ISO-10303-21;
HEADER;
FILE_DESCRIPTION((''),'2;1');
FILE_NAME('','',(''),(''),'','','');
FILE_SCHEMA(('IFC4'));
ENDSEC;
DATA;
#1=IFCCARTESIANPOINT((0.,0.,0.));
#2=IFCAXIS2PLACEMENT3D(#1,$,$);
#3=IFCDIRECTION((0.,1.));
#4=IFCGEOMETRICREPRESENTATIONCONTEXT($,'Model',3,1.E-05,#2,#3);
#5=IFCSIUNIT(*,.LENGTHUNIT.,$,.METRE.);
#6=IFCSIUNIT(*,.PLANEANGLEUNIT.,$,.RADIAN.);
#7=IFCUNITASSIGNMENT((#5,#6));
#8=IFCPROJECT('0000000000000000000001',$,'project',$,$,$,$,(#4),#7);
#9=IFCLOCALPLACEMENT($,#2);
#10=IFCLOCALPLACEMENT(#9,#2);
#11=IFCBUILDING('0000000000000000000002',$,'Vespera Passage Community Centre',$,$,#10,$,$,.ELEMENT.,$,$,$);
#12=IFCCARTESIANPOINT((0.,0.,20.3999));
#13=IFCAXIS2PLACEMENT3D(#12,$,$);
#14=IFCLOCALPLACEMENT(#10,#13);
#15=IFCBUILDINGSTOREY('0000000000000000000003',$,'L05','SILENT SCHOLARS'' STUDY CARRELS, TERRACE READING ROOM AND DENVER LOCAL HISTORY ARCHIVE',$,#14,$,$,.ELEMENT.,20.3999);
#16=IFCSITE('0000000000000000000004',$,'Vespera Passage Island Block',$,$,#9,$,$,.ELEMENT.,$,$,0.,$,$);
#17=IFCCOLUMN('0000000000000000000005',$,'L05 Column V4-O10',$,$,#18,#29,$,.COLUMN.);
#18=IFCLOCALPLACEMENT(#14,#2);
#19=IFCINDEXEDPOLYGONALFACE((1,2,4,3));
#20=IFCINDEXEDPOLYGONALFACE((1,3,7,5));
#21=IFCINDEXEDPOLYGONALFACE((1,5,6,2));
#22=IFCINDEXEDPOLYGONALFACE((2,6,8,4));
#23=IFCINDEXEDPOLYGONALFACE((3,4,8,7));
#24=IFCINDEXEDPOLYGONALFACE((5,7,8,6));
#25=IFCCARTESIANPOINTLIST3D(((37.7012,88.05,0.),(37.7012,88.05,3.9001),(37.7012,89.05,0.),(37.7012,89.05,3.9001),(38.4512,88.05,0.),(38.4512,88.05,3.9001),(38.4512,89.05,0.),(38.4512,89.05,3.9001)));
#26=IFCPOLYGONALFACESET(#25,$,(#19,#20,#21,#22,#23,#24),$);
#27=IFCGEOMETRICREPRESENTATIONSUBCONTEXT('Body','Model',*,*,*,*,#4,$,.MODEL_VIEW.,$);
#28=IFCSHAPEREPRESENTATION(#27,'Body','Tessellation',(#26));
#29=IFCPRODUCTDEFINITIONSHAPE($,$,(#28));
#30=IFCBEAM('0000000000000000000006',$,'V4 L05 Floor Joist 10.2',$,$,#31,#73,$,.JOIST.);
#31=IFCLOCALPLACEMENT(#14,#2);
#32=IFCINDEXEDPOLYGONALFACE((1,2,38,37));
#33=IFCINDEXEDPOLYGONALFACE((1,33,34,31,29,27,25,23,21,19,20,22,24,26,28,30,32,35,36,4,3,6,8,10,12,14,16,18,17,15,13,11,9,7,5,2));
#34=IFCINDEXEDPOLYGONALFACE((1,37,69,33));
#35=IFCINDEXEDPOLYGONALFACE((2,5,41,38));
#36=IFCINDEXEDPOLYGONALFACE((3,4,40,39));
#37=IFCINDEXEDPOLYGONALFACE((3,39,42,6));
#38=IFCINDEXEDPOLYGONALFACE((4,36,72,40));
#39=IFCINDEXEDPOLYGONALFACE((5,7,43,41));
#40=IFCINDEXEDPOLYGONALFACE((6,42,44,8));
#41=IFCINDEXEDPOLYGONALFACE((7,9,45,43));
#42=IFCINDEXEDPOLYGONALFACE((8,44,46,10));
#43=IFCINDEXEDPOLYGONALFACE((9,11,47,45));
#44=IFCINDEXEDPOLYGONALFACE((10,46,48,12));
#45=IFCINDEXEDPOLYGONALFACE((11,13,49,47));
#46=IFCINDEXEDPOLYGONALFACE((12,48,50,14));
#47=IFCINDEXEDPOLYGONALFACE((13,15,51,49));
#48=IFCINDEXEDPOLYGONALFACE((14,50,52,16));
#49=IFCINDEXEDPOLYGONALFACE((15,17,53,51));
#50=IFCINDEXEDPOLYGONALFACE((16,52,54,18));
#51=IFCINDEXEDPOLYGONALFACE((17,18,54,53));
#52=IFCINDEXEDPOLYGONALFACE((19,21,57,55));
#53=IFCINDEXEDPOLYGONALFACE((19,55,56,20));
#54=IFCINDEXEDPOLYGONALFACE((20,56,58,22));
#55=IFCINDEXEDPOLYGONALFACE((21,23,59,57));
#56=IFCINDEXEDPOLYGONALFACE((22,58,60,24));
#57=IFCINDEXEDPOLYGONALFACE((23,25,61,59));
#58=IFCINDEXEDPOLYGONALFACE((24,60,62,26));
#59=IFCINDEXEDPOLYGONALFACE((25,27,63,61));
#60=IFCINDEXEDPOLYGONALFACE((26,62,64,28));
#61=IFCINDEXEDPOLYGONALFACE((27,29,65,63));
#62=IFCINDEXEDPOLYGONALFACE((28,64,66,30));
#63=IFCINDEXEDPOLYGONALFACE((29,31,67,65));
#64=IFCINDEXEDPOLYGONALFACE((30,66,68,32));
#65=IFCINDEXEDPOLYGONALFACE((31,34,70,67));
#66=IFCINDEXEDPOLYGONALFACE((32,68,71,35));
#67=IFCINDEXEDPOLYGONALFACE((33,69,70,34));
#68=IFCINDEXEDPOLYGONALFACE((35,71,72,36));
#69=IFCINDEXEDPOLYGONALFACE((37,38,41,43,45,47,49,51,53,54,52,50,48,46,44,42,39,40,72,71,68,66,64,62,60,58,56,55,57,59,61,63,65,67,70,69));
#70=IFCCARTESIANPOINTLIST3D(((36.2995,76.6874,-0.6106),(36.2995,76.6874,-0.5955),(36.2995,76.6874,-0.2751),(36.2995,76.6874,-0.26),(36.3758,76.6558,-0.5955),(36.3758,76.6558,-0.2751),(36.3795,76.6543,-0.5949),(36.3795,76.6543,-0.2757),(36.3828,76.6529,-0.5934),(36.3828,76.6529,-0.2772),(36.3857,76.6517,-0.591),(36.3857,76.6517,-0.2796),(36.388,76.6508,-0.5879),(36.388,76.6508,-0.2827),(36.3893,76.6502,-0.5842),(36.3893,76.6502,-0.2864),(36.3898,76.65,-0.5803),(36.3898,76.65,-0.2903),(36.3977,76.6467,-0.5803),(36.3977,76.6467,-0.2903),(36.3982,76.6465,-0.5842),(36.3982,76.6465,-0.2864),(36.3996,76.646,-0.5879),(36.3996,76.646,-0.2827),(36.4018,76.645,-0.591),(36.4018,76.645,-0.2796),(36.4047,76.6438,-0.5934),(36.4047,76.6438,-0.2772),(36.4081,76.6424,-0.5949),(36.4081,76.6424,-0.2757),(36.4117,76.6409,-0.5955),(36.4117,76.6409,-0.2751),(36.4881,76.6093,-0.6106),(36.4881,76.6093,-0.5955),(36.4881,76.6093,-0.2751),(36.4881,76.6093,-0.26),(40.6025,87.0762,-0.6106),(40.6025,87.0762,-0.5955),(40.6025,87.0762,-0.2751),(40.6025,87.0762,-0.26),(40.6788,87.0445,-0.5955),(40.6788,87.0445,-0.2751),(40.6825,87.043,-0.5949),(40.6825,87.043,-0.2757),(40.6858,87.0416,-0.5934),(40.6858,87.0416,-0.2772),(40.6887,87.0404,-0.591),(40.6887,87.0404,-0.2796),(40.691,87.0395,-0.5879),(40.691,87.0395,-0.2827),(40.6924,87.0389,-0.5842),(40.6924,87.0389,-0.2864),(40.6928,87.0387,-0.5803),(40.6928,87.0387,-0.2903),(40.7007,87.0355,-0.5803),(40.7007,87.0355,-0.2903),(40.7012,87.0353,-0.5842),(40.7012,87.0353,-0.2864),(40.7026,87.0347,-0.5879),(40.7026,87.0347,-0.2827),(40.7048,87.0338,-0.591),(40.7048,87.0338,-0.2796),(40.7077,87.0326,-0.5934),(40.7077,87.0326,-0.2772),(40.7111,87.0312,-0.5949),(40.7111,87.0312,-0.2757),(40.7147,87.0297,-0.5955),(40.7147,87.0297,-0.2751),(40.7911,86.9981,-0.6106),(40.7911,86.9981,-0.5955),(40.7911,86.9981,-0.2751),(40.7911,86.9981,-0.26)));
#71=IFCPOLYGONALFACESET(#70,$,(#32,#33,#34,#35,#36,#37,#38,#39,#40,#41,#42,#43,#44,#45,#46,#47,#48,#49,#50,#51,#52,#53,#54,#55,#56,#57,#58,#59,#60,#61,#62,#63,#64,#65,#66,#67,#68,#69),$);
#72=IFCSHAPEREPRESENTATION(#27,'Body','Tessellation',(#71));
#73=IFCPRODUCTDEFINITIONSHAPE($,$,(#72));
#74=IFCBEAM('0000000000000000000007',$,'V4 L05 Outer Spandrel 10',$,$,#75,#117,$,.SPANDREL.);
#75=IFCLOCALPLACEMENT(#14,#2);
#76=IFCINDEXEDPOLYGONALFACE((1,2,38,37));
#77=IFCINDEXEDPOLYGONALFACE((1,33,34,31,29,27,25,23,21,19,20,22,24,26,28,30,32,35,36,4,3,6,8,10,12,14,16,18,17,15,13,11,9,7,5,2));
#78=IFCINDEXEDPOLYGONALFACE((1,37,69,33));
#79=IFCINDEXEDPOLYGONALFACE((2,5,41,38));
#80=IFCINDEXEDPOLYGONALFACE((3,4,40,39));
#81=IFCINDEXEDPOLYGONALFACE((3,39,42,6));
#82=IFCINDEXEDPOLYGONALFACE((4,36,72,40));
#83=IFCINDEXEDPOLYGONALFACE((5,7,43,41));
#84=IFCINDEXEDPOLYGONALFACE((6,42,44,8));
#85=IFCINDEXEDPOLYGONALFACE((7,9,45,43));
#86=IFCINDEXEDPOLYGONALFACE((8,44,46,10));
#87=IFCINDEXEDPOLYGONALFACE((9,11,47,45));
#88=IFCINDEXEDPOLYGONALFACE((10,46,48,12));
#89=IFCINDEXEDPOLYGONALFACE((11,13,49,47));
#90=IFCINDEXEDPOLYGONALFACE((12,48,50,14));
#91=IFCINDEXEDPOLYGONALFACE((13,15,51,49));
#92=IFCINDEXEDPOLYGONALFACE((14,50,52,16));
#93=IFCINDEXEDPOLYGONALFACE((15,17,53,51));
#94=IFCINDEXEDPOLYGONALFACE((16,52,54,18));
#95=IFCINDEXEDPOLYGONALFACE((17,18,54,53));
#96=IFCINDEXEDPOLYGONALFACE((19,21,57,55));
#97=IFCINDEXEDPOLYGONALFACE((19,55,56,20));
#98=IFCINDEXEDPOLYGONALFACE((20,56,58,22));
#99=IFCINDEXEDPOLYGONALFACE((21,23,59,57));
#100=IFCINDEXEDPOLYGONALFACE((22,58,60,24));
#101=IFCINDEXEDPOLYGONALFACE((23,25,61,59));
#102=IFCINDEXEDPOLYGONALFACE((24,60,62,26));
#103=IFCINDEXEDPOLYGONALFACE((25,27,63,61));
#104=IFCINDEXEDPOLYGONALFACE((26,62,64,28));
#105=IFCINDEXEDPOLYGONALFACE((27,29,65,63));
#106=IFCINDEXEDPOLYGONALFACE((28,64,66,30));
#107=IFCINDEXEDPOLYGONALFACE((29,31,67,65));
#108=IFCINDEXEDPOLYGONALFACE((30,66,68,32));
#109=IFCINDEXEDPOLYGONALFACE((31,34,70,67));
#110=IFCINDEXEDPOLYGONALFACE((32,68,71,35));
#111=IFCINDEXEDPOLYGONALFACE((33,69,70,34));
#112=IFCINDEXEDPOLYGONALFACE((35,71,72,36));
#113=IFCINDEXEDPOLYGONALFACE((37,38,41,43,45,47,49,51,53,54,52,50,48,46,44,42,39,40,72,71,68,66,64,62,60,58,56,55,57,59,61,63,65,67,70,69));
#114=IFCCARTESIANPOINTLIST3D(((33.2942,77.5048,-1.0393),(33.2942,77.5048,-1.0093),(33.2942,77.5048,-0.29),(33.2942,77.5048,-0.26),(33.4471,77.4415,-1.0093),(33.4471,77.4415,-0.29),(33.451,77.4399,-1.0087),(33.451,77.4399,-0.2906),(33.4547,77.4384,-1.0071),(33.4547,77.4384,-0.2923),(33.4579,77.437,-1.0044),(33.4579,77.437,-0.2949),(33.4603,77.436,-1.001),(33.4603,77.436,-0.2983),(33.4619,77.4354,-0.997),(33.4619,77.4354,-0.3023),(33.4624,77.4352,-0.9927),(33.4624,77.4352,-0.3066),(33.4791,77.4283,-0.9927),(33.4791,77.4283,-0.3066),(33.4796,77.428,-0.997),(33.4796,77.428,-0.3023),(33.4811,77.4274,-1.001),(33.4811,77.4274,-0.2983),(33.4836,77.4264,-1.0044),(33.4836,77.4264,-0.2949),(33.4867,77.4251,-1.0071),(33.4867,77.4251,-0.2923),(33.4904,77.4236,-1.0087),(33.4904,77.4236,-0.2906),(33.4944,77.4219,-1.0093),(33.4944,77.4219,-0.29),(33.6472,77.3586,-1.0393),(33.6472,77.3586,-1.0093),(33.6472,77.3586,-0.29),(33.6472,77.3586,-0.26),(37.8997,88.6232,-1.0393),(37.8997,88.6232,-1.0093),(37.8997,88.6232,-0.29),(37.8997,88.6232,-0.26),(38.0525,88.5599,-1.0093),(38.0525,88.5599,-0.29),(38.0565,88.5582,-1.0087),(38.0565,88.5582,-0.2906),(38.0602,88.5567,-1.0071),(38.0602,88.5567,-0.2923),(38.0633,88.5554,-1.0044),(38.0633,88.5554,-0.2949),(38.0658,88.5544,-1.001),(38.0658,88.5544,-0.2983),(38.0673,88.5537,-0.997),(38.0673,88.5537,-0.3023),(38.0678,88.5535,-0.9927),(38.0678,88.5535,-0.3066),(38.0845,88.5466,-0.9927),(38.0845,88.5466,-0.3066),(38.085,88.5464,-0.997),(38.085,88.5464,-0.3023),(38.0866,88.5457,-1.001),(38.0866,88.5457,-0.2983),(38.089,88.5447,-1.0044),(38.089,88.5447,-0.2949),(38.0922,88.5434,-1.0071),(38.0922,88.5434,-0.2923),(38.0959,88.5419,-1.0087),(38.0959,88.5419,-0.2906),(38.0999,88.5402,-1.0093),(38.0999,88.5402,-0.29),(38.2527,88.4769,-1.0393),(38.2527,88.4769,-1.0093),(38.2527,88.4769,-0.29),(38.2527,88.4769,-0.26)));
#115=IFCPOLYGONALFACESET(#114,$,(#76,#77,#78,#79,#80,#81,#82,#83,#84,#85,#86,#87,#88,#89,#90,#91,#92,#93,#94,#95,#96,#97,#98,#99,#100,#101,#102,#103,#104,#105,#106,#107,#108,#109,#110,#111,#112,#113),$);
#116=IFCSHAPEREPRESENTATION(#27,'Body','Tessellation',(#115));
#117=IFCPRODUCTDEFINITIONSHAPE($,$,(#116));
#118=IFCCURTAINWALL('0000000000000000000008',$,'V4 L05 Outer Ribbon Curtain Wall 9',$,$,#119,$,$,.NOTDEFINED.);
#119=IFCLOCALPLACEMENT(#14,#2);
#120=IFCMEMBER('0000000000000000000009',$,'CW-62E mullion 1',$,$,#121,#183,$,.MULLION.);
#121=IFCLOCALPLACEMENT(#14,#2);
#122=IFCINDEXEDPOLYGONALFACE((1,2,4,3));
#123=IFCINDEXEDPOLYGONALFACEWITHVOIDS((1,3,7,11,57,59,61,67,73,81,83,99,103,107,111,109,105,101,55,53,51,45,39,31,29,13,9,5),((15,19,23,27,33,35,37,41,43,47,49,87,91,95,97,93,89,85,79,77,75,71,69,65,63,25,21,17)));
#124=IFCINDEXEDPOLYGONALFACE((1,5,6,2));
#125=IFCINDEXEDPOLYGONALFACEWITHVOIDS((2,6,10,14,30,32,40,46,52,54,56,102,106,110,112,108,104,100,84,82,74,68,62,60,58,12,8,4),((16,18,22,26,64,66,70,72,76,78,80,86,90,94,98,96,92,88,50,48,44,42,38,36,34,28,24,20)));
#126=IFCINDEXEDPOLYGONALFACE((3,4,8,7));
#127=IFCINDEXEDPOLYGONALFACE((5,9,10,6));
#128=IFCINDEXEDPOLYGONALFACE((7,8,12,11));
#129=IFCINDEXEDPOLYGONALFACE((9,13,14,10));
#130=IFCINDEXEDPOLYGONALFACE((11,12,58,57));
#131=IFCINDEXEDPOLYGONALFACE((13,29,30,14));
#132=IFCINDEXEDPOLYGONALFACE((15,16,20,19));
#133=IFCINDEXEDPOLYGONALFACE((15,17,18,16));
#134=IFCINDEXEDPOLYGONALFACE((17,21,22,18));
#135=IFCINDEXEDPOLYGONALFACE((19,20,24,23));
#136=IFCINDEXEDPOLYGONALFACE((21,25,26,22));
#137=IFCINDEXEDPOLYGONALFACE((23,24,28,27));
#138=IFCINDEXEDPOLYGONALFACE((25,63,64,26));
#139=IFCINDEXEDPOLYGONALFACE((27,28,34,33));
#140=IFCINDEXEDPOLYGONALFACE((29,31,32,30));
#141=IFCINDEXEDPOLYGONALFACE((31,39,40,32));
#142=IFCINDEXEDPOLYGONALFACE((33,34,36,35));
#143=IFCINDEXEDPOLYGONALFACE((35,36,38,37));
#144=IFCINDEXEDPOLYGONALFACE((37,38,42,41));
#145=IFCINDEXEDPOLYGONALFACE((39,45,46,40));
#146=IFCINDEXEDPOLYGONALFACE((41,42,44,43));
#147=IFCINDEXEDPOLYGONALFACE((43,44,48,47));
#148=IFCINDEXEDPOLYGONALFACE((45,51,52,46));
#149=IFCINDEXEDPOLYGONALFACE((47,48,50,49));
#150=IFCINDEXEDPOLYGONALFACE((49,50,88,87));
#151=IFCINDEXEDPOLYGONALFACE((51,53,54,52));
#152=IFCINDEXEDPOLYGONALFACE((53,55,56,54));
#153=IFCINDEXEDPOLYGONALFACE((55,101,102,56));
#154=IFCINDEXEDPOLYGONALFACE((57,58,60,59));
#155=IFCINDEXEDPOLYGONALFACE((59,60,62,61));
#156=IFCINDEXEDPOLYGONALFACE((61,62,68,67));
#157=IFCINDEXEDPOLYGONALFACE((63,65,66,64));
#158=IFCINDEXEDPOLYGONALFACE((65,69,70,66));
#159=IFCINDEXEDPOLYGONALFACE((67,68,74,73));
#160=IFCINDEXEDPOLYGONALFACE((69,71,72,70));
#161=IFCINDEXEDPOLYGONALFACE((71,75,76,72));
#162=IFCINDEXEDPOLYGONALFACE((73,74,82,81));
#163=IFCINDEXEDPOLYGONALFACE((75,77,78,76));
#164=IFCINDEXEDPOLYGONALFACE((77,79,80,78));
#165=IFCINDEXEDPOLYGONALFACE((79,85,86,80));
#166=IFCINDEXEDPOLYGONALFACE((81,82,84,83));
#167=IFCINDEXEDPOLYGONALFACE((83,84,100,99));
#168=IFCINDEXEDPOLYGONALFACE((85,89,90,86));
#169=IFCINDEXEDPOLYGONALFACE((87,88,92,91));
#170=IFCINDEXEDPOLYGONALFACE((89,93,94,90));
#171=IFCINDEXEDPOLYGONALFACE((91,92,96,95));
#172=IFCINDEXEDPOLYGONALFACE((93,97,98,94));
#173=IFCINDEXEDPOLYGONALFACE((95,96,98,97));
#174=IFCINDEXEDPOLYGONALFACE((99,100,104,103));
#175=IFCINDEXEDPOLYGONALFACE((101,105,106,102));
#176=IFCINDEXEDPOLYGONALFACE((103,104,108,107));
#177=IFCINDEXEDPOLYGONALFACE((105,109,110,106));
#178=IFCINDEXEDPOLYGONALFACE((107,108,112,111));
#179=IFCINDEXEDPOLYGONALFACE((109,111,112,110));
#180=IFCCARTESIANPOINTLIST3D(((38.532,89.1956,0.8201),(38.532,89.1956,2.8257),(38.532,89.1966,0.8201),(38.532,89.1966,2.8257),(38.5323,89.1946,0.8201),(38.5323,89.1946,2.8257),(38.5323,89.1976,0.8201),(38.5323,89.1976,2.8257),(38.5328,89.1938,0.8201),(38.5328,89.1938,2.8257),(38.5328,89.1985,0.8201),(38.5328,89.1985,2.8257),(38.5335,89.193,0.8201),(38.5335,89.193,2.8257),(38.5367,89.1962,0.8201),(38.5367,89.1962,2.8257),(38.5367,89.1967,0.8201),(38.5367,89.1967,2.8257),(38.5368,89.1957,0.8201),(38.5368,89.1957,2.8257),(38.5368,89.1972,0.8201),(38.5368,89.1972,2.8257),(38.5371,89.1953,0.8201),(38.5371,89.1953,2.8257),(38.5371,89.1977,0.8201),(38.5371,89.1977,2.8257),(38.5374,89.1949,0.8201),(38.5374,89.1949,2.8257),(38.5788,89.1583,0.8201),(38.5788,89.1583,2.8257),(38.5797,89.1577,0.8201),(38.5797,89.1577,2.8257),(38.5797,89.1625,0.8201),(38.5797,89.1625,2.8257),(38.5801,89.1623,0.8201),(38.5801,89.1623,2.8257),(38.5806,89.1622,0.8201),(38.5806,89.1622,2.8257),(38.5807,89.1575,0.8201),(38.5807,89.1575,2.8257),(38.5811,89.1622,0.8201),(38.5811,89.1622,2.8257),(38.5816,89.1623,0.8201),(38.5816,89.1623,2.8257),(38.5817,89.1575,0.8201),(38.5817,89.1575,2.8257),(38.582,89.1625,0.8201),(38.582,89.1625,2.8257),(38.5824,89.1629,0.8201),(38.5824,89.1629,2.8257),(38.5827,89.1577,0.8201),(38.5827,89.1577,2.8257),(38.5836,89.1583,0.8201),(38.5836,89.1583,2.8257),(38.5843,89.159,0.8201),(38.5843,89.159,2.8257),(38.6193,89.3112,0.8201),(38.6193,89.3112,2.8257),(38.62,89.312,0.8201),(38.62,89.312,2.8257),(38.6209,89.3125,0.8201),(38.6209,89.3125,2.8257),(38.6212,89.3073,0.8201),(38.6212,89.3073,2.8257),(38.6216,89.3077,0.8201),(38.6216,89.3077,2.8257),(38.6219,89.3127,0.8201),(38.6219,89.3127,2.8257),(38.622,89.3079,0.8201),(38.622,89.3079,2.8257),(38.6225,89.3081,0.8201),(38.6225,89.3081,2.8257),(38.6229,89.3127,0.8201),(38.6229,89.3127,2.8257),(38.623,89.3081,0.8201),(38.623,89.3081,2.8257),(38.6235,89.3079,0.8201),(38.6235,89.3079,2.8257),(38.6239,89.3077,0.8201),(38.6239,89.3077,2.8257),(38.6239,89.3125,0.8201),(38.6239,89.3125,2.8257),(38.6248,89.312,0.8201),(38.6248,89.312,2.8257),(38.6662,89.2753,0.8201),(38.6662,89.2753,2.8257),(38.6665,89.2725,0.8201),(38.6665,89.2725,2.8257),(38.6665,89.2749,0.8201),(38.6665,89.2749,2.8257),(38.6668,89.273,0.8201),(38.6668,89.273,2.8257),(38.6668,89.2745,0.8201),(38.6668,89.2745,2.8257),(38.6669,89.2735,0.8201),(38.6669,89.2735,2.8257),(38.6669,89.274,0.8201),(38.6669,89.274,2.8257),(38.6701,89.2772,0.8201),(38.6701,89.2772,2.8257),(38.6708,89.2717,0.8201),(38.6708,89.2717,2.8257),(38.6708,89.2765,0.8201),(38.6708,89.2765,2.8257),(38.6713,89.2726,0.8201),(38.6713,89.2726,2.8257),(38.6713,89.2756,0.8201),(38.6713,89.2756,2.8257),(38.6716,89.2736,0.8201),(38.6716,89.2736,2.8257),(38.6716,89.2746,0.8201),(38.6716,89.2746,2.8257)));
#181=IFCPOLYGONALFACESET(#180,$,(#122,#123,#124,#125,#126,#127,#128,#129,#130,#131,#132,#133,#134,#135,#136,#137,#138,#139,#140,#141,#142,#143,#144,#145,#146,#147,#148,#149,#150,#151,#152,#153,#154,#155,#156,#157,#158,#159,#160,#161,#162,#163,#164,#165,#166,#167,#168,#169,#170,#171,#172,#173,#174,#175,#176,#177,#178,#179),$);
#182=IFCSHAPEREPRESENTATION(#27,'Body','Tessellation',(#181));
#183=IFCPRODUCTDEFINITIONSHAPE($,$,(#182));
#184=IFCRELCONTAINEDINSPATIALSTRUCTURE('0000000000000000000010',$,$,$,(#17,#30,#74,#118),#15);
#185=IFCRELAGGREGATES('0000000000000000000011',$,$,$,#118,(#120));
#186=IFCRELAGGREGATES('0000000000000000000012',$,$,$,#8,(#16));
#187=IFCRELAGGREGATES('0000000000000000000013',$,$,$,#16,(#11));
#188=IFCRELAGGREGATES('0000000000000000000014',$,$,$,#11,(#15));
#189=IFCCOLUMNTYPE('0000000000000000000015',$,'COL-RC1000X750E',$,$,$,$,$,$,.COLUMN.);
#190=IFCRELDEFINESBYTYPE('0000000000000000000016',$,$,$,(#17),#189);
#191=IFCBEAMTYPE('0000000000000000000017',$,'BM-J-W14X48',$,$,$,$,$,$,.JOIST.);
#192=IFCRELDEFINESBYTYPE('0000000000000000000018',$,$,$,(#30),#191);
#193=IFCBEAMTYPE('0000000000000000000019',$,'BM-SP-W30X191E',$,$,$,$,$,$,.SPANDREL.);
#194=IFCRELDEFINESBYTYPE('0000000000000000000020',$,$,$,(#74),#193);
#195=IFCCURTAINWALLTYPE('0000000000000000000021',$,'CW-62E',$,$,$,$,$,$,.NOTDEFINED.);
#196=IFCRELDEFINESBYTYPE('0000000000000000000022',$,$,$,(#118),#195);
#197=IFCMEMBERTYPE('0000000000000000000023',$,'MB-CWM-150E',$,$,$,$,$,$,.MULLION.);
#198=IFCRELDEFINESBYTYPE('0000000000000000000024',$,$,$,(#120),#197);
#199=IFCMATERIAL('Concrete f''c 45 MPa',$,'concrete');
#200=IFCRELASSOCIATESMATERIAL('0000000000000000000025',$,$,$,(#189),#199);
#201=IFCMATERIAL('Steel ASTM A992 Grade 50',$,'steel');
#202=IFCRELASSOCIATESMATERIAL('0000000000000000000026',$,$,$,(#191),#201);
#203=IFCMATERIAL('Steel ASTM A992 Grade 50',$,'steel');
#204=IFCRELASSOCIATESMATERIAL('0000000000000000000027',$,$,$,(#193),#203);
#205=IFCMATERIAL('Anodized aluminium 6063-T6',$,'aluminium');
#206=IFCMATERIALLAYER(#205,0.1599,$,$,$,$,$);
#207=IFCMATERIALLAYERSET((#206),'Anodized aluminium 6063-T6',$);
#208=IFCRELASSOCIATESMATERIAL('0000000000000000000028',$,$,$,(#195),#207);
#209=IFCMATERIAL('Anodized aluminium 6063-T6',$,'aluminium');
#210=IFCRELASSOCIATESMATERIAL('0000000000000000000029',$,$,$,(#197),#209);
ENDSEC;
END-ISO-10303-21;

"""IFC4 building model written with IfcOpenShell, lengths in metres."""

from ifc_helpers import new_model, si_unit, direction, frame, origin, origin_2d, place, context, subcontext, project, spatial, rectangle, hollow_rectangle, i_section, extrude, material, layer, layer_set, material_profile, profile_set, type_object, element, aggregate, save


model = new_model("IFC4")

# Units and contexts
model_context = context("Model", 3, precision=1e-05, world=origin(), true_north=direction((0.0, 1.0)))
body_context = subcontext(model_context, "Body", "Model", "MODEL_VIEW")
ifc_project = project(units=[si_unit("LENGTHUNIT", "METRE"), si_unit("PLANEANGLEUNIT", "RADIAN")], contexts=[model_context])

# Site, building, storey
site_placement = place(None, origin())
site = spatial("IfcSite", under=ifc_project, at=site_placement, Name="Vespera Passage Island Block", CompositionType="ELEMENT", RefElevation=0.0)
building_placement = place(site_placement, origin())
building = spatial("IfcBuilding", under=site, at=building_placement, Name="Vespera Passage Community Centre", CompositionType="ELEMENT")
storey_placement = place(building_placement, frame((0.0, 0.0, 20.3999)))
storey = spatial("IfcBuildingStorey", under=building, at=storey_placement, Name="L05", Description="SILENT SCHOLARS' STUDY CARRELS, TERRACE READING ROOM AND DENVER LOCAL HISTORY ARCHIVE", CompositionType="ELEMENT", Elevation=20.3999)

# Column
ifc_material_1 = material(Name="Concrete f'c 45 MPa", Category="concrete")
ifc_material_profile_1 = material_profile(ifc_material_1, rectangle(XDim=0.75, YDim=1.0, at=origin_2d()), Name="RC1000X750")
ifc_profile_set_1 = profile_set([ifc_material_profile_1], Name="Concrete f'c 45 MPa")
column_type = type_object("IfcColumnType", Name="COL-RC1000X750E", PredefinedType="COLUMN", material=ifc_profile_set_1)
column_placement = place(storey_placement, frame((38.0762, 88.55, 0.0), z_axis=(0.0, 0.0, 1.0), x_axis=(1.0, 0.0, 0.0)))
element("IfcColumn", 1, at=column_placement, inside=storey, type_object=column_type, Name="L05 Column V4-O10", PredefinedType="COLUMN", context=body_context, shape_type="SweptSolid", body=[
    extrude(rectangle(XDim=0.75, YDim=1.0, at=origin_2d()), origin(), (0.0, 0.0, 1.0), 3.9001),
])

# Beams
ifc_material_2 = material(Name="Steel ASTM A992 Grade 50", Category="steel")
ifc_material_profile_2 = material_profile(ifc_material_2, i_section(OverallWidth=0.2041, OverallDepth=0.3506, WebThickness=0.0085, FlangeThickness=0.0151, FilletRadius=0.0151, at=origin_2d()), Name="W14X48")
ifc_profile_set_2 = profile_set([ifc_material_profile_2], Name="Steel ASTM A992 Grade 50")
beam_type_1 = type_object("IfcBeamType", Name="BM-J-W14X48", PredefinedType="JOIST", material=ifc_profile_set_2)
beam_1_placement = place(storey_placement, frame((40.6968, 87.0371, -0.4353), z_axis=(-0.382672, -0.923884, 0.0), x_axis=(0.923884, -0.382672, 0.0)))
element("IfcBeam", 2, at=beam_1_placement, inside=storey, type_object=beam_type_1, Name="V4 L05 Floor Joist 10.2", PredefinedType="JOIST", context=body_context, shape_type="SweptSolid", body=[
    extrude(i_section(OverallWidth=0.2041, OverallDepth=0.3506, WebThickness=0.0085, FlangeThickness=0.0151, FilletRadius=0.0151, at=origin_2d()), origin(), (0.0, 0.0, 1.0), 11.2446),
])
ifc_material_3 = material(Name="Steel ASTM A992 Grade 50", Category="steel")
ifc_material_profile_3 = material_profile(ifc_material_3, i_section(OverallWidth=0.3821, OverallDepth=0.7793, WebThickness=0.0181, FlangeThickness=0.03, FilletRadius=0.0166, at=origin_2d()), Name="W30X191")
ifc_profile_set_3 = profile_set([ifc_material_profile_3], Name="Steel ASTM A992 Grade 50")
beam_type_2 = type_object("IfcBeamType", Name="BM-SP-W30X191E", PredefinedType="SPANDREL", material=ifc_profile_set_3)
beam_2_placement = place(storey_placement, frame((38.0762, 88.55, -0.6497), z_axis=(-0.382689, -0.923877, 0.0), x_axis=(0.923877, -0.382689, 0.0)))
element("IfcBeam", 3, at=beam_2_placement, inside=storey, type_object=beam_type_2, Name="V4 L05 Outer Spandrel 10", PredefinedType="SPANDREL", context=body_context, shape_type="SweptSolid", body=[
    extrude(i_section(OverallWidth=0.3821, OverallDepth=0.7793, WebThickness=0.0181, FlangeThickness=0.03, FilletRadius=0.0166, at=origin_2d()), origin(), (0.0, 0.0, 1.0), 12.0344),
])

# Curtain wall, member
ifc_material_4 = material(Name="Anodized aluminium 6063-T6", Category="aluminium")
ifc_layer_1 = layer(ifc_material_4, 0.1599)
ifc_layer_set_1 = layer_set([ifc_layer_1], Name="Anodized aluminium 6063-T6")
curtain_wall_type_1 = type_object("IfcCurtainWallType", Name="CW-62E", PredefinedType="NOTDEFINED", material=ifc_layer_set_1)
curtain_wall_1_placement = place(storey_placement, origin())
curtain_wall_1 = element("IfcCurtainWall", 4, at=curtain_wall_1_placement, inside=storey, type_object=curtain_wall_type_1, Name="V4 L05 Outer Ribbon Curtain Wall 9", PredefinedType="NOTDEFINED")
ifc_material_5 = material(Name="Anodized aluminium 6063-T6", Category="aluminium")
ifc_material_profile_4 = material_profile(ifc_material_5, hollow_rectangle(XDim=0.0649, YDim=0.1499, WallThickness=0.0039, InnerFilletRadius=0.002, OuterFilletRadius=0.0039, at=origin_2d()), Name="ALU150X65X4")
ifc_profile_set_4 = profile_set([ifc_material_profile_4], Name="Anodized aluminium 6063-T6")
member_type_1 = type_object("IfcMemberType", Name="MB-CWM-150E", PredefinedType="MULLION", material=ifc_profile_set_4)
member_1_placement = place(storey_placement, frame((38.6018, 89.2351, 0.8201), z_axis=(0.0, 0.0, 1.0), x_axis=(-0.79335, 0.608765, 0.0)))
member_1 = element("IfcMember", 5, at=member_1_placement, type_object=member_type_1, Name="CW-62E mullion 1", PredefinedType="MULLION", context=body_context, shape_type="SweptSolid", body=[
    extrude(hollow_rectangle(XDim=0.0649, YDim=0.1499, WallThickness=0.0039, InnerFilletRadius=0.002, OuterFilletRadius=0.0039, at=origin_2d()), origin(), (0.0, 0.0, 1.0), 2.0056),
])

aggregate(curtain_wall_1, [member_1])

save(model, "model.ifc")
